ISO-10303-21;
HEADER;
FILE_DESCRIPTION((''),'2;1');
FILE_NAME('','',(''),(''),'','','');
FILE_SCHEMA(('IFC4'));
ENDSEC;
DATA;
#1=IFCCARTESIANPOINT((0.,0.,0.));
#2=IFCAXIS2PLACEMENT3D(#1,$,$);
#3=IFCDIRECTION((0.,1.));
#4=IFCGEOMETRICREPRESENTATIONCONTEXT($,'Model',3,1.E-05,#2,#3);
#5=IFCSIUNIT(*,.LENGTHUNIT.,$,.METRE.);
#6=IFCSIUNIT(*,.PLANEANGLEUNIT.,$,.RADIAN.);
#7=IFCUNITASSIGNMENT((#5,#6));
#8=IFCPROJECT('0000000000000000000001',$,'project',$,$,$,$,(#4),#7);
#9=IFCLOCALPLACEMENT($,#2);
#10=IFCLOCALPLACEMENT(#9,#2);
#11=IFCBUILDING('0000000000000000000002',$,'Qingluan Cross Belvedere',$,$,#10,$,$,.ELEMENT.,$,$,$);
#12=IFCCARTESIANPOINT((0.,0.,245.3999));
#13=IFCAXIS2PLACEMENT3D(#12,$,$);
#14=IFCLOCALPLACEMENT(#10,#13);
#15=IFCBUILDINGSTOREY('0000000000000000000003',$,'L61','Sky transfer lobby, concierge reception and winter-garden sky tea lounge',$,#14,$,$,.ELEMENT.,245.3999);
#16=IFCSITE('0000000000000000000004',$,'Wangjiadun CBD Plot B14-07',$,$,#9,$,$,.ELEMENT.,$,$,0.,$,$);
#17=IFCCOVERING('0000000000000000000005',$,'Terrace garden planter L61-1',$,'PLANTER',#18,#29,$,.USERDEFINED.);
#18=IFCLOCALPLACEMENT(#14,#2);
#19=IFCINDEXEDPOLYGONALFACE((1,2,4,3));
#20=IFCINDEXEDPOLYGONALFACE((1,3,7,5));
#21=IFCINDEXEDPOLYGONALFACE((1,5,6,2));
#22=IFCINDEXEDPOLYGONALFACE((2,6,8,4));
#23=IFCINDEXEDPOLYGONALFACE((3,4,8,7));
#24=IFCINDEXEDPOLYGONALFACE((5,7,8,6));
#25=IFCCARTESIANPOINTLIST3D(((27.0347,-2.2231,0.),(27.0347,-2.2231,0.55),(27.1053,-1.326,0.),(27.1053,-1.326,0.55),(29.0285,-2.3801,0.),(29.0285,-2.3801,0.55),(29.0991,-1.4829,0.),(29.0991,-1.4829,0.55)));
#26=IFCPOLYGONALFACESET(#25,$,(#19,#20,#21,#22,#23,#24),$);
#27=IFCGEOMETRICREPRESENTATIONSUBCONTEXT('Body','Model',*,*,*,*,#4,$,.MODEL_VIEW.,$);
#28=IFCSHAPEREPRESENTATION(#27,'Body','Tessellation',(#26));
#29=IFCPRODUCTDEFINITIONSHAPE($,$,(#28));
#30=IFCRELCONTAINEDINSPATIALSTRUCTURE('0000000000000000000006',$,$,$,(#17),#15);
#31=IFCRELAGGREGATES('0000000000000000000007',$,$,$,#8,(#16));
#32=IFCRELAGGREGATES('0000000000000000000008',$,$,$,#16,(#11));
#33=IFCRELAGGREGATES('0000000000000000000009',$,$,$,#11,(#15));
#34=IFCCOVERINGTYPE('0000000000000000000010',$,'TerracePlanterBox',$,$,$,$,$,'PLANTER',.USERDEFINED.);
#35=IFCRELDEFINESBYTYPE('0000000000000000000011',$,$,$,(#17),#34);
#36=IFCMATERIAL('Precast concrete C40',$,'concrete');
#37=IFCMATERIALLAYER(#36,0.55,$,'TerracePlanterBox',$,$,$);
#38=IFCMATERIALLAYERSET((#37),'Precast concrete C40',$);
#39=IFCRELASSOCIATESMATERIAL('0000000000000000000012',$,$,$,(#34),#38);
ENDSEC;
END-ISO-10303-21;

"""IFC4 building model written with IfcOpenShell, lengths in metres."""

from ifc_helpers import new_model, si_unit, direction, frame, origin, origin_2d, place, context, subcontext, project, spatial, rectangle, extrude, material, layer, layer_set, type_object, element, save


model = new_model("IFC4")

# Units and contexts
model_context = context("Model", 3, precision=1e-05, world=origin(), true_north=direction((0.0, 1.0)))
body_context = subcontext(model_context, "Body", "Model", "MODEL_VIEW")
ifc_project = project(units=[si_unit("LENGTHUNIT", "METRE"), si_unit("PLANEANGLEUNIT", "RADIAN")], contexts=[model_context])

# Site, building, storey
site_placement = place(None, origin())
site = spatial("IfcSite", under=ifc_project, at=site_placement, Name="Wangjiadun CBD Plot B14-07", CompositionType="ELEMENT", RefElevation=0.0)
building_placement = place(site_placement, origin())
building = spatial("IfcBuilding", under=site, at=building_placement, Name="Qingluan Cross Belvedere", CompositionType="ELEMENT")
storey_placement = place(building_placement, frame((0.0, 0.0, 245.3999)))
storey = spatial("IfcBuildingStorey", under=building, at=storey_placement, Name="L61", Description="Sky transfer lobby, concierge reception and winter-garden sky tea lounge", CompositionType="ELEMENT", Elevation=245.3999)

# Covering
ifc_material_1 = material(Name="Precast concrete C40", Category="concrete")
ifc_layer_1 = layer(ifc_material_1, 0.55, Name="TerracePlanterBox")
ifc_layer_set_1 = layer_set([ifc_layer_1], Name="Precast concrete C40")
covering_type = type_object("IfcCoveringType", Name="TerracePlanterBox", ElementType="PLANTER", PredefinedType="USERDEFINED", material=ifc_layer_set_1)
covering_placement = place(storey_placement, frame((28.0669, -1.853, 0.0), z_axis=(0.0, 0.0, 1.0), x_axis=(0.996917, -0.078459, 0.0)))
element("IfcCovering", 1, at=covering_placement, inside=storey, type_object=covering_type, Name="Terrace garden planter L61-1", ObjectType="PLANTER", PredefinedType="USERDEFINED", context=body_context, shape_type="SweptSolid", body=[
    extrude(rectangle(XDim=2.0, YDim=0.8999, at=origin_2d()), origin(), (0.0, 0.0, 1.0), 0.55),
])

save(model, "model.ifc")
